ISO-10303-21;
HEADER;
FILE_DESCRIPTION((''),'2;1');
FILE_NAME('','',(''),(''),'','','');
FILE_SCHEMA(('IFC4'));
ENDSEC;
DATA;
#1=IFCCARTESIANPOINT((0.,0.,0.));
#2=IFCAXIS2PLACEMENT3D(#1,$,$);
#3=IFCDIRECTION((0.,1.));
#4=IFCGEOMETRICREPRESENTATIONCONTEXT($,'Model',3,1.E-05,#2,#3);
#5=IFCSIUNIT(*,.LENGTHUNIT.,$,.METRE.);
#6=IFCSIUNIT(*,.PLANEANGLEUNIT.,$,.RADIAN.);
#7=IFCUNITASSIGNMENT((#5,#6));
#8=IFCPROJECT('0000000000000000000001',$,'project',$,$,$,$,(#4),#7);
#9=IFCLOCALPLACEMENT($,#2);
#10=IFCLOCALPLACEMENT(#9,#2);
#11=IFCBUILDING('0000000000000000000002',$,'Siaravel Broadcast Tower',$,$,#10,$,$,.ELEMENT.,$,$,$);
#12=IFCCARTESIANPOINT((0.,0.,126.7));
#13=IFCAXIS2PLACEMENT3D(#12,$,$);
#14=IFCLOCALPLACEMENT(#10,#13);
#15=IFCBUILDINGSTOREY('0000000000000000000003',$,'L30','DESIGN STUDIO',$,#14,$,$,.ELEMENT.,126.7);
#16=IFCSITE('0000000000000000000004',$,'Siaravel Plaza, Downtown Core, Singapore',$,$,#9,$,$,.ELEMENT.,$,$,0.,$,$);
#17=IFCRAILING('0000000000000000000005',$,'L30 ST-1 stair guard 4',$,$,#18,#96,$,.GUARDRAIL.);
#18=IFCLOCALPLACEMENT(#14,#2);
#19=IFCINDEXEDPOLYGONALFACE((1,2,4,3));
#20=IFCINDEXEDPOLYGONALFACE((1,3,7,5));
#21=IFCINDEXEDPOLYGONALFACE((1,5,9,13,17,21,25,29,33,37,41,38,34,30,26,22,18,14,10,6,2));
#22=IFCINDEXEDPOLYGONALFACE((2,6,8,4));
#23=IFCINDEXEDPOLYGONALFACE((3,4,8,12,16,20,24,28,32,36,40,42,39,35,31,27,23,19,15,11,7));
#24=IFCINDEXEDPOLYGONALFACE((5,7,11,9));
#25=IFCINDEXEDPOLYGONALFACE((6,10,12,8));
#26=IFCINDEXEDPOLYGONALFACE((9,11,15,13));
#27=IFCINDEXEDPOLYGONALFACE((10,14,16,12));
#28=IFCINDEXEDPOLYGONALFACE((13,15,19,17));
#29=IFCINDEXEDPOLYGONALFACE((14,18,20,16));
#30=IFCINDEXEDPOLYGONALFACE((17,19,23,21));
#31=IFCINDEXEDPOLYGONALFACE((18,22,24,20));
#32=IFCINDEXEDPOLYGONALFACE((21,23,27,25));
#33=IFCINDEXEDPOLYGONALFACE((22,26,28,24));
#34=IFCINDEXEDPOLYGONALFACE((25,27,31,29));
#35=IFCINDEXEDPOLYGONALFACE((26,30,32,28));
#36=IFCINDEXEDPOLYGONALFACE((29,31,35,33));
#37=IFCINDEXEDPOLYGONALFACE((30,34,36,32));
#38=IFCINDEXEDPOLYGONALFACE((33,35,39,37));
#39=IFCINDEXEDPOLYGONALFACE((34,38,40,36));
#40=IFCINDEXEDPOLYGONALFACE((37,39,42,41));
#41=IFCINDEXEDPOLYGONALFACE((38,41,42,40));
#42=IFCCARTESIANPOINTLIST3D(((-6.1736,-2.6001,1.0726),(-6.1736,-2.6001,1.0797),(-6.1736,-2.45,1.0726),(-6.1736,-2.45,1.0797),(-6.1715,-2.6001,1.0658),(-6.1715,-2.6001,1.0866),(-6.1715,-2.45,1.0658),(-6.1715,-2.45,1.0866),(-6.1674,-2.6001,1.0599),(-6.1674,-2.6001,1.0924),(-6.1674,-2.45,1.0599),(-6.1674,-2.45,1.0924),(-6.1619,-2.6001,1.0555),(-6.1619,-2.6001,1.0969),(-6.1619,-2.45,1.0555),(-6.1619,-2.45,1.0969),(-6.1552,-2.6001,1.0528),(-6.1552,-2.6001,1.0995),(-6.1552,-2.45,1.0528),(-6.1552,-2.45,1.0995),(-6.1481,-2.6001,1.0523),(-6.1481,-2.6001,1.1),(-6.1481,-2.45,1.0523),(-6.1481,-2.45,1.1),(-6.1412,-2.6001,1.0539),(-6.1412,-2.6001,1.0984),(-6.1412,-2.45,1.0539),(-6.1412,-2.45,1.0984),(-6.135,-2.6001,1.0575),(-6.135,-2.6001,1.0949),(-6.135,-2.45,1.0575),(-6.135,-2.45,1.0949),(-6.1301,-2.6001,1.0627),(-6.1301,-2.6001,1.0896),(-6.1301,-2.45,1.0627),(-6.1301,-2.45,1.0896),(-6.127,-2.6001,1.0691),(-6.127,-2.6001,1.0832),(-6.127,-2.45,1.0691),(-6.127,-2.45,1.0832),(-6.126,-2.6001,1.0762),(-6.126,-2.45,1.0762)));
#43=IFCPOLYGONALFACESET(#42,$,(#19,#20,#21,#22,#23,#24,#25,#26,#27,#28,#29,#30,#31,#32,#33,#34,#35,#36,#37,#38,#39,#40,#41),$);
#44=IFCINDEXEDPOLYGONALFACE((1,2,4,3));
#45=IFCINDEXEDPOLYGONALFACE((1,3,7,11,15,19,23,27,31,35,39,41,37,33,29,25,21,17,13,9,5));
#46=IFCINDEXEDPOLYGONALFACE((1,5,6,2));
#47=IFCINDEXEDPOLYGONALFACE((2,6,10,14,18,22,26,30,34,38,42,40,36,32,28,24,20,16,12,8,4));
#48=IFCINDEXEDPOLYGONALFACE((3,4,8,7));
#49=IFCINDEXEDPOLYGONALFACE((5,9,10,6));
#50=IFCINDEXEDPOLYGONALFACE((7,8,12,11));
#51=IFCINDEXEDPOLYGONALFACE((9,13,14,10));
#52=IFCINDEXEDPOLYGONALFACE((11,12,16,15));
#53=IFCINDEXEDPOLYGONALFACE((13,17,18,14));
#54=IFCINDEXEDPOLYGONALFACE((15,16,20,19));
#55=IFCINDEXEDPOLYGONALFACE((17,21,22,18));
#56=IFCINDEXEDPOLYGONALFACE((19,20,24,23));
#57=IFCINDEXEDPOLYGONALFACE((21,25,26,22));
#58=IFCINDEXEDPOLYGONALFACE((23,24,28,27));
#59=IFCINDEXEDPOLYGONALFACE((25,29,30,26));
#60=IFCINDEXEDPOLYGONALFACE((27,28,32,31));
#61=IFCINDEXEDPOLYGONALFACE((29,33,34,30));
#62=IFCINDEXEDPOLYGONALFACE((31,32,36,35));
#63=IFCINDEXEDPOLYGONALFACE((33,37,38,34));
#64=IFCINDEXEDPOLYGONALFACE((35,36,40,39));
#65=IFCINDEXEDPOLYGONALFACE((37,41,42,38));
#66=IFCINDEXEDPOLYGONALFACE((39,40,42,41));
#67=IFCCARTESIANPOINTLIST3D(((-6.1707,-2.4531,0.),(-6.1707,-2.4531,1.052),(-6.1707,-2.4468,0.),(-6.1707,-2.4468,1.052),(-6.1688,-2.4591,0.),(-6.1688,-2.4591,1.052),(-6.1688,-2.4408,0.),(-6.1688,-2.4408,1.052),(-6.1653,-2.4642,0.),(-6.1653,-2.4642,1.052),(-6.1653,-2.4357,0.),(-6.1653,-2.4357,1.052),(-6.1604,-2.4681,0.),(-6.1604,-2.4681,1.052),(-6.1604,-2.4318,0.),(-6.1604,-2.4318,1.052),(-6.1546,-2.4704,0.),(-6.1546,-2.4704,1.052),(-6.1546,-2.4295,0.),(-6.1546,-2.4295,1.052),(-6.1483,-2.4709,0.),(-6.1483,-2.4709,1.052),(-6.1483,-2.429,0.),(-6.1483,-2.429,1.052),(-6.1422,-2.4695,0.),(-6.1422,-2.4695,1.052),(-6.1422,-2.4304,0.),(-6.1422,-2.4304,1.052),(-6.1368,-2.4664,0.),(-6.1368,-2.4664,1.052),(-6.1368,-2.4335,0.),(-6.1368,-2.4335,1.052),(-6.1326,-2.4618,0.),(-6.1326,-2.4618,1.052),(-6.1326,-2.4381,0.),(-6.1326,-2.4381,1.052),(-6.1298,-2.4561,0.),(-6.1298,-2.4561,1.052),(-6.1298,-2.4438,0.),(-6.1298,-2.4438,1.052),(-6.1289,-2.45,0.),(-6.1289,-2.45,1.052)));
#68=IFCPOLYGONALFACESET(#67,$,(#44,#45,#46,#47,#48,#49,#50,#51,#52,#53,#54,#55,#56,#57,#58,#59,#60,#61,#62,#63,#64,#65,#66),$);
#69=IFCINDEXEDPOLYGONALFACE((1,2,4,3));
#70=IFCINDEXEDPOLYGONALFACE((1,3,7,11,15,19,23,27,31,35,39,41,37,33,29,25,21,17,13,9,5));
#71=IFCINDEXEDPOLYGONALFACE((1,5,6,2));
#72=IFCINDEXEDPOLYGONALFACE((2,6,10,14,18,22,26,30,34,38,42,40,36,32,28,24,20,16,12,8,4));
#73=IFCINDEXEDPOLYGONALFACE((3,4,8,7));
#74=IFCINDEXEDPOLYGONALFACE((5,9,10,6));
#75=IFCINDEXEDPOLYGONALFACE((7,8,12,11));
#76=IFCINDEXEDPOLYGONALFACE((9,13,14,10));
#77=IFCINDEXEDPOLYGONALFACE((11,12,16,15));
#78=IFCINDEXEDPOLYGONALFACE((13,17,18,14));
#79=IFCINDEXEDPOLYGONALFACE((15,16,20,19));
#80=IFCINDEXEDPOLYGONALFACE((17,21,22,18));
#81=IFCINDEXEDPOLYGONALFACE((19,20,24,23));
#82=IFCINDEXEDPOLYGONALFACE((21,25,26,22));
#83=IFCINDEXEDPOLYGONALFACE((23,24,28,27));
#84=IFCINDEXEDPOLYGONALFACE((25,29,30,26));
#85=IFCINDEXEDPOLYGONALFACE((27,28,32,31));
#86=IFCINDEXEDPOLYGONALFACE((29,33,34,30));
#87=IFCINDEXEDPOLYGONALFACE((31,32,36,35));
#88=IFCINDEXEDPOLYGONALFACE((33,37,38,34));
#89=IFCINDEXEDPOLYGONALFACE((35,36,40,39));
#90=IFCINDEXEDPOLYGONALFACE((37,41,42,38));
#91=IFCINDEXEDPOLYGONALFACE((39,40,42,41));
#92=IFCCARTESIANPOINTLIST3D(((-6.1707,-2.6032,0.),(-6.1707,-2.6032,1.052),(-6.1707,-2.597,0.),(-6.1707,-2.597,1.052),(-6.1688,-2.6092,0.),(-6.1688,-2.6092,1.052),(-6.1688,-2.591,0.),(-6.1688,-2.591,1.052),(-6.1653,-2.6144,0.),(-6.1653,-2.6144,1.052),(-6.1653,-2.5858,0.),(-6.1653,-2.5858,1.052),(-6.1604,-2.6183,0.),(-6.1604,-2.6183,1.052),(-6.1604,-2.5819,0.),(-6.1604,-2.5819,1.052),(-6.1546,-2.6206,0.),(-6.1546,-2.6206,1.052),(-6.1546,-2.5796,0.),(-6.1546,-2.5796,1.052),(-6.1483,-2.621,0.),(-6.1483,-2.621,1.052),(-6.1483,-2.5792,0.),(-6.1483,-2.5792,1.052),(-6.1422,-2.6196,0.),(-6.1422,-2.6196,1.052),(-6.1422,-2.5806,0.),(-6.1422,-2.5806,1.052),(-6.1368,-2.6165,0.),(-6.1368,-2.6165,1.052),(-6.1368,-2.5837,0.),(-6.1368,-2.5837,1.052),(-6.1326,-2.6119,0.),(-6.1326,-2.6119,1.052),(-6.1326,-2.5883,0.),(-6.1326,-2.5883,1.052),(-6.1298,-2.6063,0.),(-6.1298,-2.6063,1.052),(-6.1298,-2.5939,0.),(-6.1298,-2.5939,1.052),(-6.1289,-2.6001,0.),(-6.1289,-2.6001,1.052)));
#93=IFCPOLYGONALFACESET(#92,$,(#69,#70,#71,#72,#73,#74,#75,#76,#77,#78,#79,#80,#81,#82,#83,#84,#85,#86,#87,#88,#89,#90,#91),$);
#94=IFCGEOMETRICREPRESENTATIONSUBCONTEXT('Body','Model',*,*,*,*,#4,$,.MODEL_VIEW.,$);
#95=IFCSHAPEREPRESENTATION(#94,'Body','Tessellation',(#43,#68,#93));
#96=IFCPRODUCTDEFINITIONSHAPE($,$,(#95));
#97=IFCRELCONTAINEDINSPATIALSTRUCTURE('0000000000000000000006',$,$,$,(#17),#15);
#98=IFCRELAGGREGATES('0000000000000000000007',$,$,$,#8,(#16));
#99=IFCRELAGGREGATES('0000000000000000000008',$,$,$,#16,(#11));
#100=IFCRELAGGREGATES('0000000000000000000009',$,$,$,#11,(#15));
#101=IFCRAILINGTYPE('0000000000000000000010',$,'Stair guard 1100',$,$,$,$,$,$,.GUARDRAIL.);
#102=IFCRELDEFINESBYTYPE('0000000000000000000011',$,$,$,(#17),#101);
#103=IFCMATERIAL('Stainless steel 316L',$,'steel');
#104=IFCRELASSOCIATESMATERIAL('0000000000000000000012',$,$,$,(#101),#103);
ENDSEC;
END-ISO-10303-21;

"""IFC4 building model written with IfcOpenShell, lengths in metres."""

from ifc_helpers import new_model, si_unit, direction, frame, origin, origin_2d, place, context, subcontext, project, spatial, circle, extrude, material, type_object, element, save


model = new_model("IFC4")

# Units and contexts
model_context = context("Model", 3, precision=1e-05, world=origin(), true_north=direction((0.0, 1.0)))
body_context = subcontext(model_context, "Body", "Model", "MODEL_VIEW")
ifc_project = project(units=[si_unit("LENGTHUNIT", "METRE"), si_unit("PLANEANGLEUNIT", "RADIAN")], contexts=[model_context])

# Site, building, storey
site_placement = place(None, origin())
site = spatial("IfcSite", under=ifc_project, at=site_placement, Name="Siaravel Plaza, Downtown Core, Singapore", CompositionType="ELEMENT", RefElevation=0.0)
building_placement = place(site_placement, origin())
building = spatial("IfcBuilding", under=site, at=building_placement, Name="Siaravel Broadcast Tower", CompositionType="ELEMENT")
storey_placement = place(building_placement, frame((0.0, 0.0, 126.7)))
storey = spatial("IfcBuildingStorey", under=building, at=storey_placement, Name="L30", Description="DESIGN STUDIO", CompositionType="ELEMENT", Elevation=126.7)

# Railing
ifc_material_1 = material(Name="Stainless steel 316L", Category="steel")
railing_type_1 = type_object("IfcRailingType", Name="Stair guard 1100", PredefinedType="GUARDRAIL", material=ifc_material_1)
railing_1_placement = place(storey_placement, frame((-6.1499, -2.45, 0.0)))
element("IfcRailing", 1, at=railing_1_placement, inside=storey, type_object=railing_type_1, Name="L30 ST-1 stair guard 4", PredefinedType="GUARDRAIL", context=body_context, shape_type="SweptSolid", body=[
    extrude(circle(Radius=0.0239, at=origin_2d()), frame((0.0, 0.0, 1.0762), z_axis=(0.0, -1.0, 0.0), x_axis=(1.0, 0.0, 0.0)), (0.0, 0.0, 1.0), 0.1501),
    extrude(circle(Radius=0.021, at=origin_2d()), origin(), (0.0, 0.0, 1.0), 1.052),
    extrude(circle(Radius=0.021, at=origin_2d()), frame((0.0, -0.1501, 0.0)), (0.0, 0.0, 1.0), 1.052),
])

save(model, "model.ifc")
